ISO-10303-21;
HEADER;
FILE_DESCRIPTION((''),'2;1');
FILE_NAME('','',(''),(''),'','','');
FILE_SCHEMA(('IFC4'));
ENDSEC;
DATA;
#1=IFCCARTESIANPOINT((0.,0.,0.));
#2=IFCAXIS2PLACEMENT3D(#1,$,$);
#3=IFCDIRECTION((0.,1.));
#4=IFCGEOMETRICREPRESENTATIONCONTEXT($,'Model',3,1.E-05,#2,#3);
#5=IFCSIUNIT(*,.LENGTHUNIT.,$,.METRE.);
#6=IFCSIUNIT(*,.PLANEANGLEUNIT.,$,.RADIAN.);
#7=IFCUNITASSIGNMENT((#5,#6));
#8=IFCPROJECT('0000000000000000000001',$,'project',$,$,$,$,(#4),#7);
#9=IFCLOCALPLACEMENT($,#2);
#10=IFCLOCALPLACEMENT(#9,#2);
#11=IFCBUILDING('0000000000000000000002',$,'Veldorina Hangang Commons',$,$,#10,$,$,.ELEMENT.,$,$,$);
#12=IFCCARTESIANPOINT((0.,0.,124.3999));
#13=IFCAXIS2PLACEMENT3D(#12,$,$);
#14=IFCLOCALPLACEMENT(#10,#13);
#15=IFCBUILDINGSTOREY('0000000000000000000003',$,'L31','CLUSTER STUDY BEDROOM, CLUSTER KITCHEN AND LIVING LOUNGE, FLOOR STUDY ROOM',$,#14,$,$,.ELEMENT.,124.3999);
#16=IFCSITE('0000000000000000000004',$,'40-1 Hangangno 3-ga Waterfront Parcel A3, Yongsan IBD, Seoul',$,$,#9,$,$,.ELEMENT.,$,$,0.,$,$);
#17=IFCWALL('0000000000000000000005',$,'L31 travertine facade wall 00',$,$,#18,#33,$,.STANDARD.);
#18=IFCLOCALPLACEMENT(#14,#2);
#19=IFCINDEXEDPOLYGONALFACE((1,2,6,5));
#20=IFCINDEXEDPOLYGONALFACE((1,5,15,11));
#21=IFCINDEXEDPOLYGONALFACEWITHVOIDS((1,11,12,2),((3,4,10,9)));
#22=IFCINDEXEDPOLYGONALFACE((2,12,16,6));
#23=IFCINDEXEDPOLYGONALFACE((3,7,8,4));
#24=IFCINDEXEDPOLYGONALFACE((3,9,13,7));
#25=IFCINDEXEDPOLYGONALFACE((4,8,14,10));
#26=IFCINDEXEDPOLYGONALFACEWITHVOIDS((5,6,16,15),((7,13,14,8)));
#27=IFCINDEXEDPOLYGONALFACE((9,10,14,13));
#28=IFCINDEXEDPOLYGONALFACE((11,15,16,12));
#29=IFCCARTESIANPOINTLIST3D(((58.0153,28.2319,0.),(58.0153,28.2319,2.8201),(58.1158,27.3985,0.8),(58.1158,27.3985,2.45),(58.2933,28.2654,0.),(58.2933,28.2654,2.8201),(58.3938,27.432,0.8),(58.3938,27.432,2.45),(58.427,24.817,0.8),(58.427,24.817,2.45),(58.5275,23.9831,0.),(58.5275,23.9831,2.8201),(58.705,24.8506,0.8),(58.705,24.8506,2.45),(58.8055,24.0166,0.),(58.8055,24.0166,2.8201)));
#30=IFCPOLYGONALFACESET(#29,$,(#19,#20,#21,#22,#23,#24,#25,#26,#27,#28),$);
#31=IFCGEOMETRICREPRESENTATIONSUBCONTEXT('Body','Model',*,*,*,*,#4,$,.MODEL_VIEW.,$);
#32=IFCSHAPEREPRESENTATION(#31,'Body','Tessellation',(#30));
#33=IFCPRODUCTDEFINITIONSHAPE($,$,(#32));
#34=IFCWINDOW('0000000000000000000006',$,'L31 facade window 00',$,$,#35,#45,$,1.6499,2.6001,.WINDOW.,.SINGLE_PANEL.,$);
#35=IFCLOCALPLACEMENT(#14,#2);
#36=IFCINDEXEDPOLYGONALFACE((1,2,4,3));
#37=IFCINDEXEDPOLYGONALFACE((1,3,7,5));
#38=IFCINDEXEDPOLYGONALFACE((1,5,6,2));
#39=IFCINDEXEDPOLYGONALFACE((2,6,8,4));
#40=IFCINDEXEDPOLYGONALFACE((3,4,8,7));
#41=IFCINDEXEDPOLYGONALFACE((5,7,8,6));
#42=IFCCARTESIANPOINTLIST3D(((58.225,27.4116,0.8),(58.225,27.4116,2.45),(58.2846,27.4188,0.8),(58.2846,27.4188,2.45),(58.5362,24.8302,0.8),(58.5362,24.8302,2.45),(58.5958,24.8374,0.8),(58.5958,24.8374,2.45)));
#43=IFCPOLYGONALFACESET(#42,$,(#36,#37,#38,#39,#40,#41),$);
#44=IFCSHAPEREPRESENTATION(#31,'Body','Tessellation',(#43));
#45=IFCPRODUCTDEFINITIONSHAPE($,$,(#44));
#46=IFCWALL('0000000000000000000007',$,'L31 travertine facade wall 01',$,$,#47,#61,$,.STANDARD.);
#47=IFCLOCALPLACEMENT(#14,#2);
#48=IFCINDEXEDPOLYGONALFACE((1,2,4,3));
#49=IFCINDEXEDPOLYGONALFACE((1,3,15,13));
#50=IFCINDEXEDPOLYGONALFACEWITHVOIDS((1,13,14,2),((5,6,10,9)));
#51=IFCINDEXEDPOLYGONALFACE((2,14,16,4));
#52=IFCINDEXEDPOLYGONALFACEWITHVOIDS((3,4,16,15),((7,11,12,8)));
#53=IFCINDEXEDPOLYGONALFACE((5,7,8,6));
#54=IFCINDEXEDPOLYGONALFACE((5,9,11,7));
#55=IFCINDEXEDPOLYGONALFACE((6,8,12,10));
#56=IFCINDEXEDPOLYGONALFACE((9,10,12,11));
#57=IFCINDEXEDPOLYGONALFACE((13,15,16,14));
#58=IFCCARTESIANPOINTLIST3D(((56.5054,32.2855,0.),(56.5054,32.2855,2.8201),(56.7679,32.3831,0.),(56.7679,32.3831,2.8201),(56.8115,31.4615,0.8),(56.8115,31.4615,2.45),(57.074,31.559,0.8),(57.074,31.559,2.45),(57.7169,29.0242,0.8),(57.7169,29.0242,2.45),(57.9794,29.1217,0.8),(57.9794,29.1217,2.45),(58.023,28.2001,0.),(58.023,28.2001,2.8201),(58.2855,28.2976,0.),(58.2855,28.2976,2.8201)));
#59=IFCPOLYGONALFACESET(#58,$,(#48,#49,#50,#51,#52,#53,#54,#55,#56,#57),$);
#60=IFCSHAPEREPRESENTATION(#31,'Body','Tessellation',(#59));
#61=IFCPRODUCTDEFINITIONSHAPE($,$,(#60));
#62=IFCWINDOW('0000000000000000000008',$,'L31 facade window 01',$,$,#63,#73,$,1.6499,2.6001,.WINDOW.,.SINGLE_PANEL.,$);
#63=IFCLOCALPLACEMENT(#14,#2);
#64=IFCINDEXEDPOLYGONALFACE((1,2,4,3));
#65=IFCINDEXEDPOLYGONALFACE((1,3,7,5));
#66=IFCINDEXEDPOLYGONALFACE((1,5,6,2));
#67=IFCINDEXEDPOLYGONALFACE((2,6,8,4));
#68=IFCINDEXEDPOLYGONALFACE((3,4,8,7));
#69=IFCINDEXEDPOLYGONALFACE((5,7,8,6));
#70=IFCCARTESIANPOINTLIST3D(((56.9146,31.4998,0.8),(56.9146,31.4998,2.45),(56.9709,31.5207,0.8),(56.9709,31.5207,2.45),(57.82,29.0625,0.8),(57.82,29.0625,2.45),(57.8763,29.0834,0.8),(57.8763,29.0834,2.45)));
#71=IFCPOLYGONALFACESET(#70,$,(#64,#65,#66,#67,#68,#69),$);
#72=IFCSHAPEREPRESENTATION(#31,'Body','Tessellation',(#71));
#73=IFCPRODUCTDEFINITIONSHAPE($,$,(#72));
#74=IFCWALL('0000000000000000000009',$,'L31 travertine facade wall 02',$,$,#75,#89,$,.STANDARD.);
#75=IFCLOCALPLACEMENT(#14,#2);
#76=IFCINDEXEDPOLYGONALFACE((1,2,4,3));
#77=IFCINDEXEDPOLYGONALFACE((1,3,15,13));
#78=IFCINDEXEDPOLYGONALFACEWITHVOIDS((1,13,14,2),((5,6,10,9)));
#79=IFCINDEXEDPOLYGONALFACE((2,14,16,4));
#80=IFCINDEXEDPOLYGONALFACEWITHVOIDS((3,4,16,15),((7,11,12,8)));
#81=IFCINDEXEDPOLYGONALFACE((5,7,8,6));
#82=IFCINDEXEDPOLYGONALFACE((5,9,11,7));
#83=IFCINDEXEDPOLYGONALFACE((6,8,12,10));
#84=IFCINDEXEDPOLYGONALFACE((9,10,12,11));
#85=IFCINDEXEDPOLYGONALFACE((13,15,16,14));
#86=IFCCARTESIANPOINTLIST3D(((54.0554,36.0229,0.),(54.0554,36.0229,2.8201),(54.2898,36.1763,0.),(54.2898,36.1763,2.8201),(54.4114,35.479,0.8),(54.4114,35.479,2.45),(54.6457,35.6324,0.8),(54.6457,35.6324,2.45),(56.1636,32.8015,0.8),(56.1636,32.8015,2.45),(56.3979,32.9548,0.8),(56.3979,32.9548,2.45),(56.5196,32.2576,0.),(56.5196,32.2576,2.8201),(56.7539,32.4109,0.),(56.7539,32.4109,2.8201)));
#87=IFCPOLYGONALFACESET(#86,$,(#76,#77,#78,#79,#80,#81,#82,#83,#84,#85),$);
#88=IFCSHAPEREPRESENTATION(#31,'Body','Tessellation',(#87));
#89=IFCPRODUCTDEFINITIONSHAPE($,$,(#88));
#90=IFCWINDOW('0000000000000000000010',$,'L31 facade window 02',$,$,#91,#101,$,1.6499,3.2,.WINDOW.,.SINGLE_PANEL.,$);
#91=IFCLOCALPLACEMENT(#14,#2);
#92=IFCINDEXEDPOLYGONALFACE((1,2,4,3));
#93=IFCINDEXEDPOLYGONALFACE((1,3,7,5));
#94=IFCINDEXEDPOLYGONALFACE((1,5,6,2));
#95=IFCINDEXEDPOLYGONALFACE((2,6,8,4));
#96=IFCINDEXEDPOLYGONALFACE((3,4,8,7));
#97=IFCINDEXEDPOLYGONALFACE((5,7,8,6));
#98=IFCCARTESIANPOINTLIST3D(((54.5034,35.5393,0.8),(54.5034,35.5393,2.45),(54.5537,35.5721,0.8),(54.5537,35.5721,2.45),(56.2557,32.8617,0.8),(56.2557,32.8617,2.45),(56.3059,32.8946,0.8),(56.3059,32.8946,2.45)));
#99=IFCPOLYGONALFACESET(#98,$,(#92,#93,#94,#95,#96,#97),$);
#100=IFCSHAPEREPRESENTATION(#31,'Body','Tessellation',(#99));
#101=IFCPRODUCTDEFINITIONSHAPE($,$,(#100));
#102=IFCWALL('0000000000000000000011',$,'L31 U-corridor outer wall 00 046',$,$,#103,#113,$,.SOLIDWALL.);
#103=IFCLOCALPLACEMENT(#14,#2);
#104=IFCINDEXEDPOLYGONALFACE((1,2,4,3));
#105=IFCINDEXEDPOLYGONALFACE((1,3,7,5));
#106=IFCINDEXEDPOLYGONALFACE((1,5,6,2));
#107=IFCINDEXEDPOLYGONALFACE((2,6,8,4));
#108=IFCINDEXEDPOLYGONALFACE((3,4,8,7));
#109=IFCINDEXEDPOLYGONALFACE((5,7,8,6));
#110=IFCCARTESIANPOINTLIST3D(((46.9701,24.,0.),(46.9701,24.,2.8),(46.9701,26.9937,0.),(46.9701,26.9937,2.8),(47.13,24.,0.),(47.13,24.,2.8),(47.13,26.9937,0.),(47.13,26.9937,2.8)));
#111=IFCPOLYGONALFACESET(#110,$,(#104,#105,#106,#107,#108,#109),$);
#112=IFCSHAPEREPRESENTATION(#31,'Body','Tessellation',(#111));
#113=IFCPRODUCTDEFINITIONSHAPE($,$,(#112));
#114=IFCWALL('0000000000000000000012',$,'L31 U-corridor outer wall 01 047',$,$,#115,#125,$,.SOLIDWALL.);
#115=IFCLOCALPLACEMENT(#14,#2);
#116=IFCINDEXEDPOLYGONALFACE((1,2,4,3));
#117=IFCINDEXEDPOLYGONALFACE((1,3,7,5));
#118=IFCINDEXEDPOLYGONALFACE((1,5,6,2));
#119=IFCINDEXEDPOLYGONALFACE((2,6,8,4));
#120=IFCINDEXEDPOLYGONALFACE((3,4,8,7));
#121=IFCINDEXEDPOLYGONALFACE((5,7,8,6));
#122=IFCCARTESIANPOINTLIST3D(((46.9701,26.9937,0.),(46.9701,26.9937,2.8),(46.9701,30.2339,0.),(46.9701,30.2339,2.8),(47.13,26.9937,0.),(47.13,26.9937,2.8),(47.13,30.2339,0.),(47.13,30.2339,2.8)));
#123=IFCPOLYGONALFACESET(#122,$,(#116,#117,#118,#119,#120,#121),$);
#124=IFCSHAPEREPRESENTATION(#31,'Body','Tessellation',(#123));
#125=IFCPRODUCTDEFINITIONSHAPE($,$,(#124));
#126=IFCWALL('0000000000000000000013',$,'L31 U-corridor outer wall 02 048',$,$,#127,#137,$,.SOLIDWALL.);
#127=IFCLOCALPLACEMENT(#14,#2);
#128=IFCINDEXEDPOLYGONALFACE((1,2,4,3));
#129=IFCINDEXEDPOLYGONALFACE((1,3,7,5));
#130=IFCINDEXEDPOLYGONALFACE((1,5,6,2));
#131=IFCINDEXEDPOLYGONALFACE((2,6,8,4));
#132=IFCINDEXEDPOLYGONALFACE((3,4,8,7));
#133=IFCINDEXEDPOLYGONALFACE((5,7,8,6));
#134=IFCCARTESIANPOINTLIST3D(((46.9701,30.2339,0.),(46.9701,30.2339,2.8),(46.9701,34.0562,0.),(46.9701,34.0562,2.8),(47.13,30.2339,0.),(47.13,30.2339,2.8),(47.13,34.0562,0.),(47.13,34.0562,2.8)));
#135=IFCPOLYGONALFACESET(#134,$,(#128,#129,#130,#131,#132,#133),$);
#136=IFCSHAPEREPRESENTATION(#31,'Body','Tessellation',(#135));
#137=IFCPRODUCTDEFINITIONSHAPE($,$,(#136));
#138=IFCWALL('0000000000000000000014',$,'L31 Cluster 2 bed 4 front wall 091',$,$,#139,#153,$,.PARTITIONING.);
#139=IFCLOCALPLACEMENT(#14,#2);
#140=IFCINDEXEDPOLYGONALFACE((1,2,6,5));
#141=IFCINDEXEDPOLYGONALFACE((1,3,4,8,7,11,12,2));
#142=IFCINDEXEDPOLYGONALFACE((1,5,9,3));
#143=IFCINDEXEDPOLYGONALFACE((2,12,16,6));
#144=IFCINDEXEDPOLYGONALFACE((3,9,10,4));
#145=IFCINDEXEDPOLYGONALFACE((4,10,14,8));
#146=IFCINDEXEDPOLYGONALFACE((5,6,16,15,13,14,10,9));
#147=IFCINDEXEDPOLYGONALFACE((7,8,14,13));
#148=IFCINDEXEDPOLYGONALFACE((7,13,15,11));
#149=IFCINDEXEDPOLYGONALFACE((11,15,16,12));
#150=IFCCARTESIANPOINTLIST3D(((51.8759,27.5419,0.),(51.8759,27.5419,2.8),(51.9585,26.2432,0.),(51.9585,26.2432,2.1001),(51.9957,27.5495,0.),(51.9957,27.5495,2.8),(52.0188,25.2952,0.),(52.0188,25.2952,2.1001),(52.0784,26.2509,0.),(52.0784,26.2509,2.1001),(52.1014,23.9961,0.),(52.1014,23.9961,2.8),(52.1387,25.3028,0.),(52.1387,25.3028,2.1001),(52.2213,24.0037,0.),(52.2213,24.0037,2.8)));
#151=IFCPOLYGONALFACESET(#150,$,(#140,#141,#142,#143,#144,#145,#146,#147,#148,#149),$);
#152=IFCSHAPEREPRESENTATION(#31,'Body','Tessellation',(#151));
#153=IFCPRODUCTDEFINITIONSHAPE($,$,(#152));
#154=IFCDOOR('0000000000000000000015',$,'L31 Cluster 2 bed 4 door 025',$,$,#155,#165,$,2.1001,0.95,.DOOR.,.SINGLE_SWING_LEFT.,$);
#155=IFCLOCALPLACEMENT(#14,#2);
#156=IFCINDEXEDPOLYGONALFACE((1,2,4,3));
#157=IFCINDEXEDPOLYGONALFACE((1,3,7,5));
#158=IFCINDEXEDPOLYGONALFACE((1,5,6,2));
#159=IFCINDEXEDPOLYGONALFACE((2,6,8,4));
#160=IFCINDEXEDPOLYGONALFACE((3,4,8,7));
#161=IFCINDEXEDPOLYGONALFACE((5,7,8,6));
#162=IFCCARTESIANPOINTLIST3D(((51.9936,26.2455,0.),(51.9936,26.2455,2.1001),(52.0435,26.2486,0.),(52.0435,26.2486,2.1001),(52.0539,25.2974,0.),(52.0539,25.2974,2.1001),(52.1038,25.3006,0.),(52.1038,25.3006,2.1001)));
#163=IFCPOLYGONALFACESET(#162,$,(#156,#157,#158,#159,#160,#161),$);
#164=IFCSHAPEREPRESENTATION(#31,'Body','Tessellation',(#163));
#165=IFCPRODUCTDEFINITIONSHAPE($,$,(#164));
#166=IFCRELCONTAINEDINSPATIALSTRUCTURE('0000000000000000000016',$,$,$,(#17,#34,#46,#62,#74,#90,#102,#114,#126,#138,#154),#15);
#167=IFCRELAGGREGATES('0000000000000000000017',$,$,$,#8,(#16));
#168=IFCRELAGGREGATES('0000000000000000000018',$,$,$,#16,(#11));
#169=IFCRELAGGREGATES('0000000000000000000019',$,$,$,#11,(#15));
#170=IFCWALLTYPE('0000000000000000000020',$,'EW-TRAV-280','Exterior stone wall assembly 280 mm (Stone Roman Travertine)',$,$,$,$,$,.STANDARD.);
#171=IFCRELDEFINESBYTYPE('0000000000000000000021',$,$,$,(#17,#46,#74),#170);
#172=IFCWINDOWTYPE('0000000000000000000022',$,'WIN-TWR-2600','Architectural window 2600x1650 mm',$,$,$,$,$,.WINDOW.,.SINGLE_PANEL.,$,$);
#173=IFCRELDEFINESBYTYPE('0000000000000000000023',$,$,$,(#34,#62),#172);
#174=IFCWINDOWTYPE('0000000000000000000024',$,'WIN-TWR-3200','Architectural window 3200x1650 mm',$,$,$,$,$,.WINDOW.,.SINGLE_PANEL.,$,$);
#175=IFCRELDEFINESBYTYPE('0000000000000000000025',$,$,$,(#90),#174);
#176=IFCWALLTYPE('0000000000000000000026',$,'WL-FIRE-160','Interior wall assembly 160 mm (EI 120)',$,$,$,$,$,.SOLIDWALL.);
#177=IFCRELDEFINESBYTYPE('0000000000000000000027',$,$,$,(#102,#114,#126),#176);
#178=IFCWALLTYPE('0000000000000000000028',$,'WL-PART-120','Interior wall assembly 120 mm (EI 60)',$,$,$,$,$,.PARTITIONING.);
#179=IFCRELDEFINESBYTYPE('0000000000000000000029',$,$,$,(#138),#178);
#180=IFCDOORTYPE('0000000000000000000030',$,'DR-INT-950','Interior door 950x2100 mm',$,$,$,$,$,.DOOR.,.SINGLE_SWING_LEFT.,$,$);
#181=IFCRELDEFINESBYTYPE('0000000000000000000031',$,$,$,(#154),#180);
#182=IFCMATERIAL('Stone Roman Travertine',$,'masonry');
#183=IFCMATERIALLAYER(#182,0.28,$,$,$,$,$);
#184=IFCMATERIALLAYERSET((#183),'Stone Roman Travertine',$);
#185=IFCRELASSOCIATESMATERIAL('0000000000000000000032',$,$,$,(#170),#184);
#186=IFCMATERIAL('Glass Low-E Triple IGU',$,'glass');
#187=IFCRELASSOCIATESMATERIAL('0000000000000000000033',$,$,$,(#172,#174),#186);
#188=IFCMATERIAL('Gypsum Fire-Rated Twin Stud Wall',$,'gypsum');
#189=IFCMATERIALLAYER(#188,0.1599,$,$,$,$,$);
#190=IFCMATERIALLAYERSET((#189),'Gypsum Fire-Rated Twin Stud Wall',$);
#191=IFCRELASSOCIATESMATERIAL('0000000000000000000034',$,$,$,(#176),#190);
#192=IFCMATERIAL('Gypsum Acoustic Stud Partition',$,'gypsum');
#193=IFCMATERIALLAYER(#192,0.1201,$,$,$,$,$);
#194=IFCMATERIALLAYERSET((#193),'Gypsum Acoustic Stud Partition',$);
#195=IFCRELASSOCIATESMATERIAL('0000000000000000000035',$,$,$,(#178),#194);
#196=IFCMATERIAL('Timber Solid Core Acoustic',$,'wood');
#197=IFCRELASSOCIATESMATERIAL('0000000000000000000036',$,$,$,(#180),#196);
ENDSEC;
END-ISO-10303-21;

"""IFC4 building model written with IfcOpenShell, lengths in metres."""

from ifc_helpers import new_model, si_unit, direction, frame, frame_2d, origin, place, context, subcontext, project, spatial, rectangle, extrude, material, layer, layer_set, type_object, element, fill, save


model = new_model("IFC4")

# Units and contexts
model_context = context("Model", 3, precision=1e-05, world=origin(), true_north=direction((0.0, 1.0)))
body_context = subcontext(model_context, "Body", "Model", "MODEL_VIEW")
ifc_project = project(units=[si_unit("LENGTHUNIT", "METRE"), si_unit("PLANEANGLEUNIT", "RADIAN")], contexts=[model_context])

# Site, building, storey
site_placement = place(None, origin())
site = spatial("IfcSite", under=ifc_project, at=site_placement, Name="40-1 Hangangno 3-ga Waterfront Parcel A3, Yongsan IBD, Seoul", CompositionType="ELEMENT", RefElevation=0.0)
building_placement = place(site_placement, origin())
building = spatial("IfcBuilding", under=site, at=building_placement, Name="Veldorina Hangang Commons", CompositionType="ELEMENT")
storey_placement = place(building_placement, frame((0.0, 0.0, 124.3999)))
storey = spatial("IfcBuildingStorey", under=building, at=storey_placement, Name="L31", Description="CLUSTER STUDY BEDROOM, CLUSTER KITCHEN AND LIVING LOUNGE, FLOOR STUDY ROOM", CompositionType="ELEMENT", Elevation=124.3999)

# Walls, openings, windows
ifc_material_1 = material(Name="Stone Roman Travertine", Category="masonry")
ifc_layer_1 = layer(ifc_material_1, 0.28)
ifc_layer_set_1 = layer_set([ifc_layer_1], Name="Stone Roman Travertine")
wall_type_1 = type_object("IfcWallType", Name="EW-TRAV-280", Description="Exterior stone wall assembly 280 mm (Stone Roman Travertine)", PredefinedType="STANDARD", material=ifc_layer_set_1)
wall_1_placement = place(storey_placement, frame((58.6665, 24.0, 0.0), z_axis=(0.0, 0.0, 1.0), x_axis=(-0.119687, 0.992812, 0.0)))
wall_1 = element("IfcWall", 1, at=wall_1_placement, inside=storey, type_object=wall_type_1, Name="L31 travertine facade wall 00", PredefinedType="STANDARD", context=body_context, shape_type="SweptSolid", body=[
    extrude(rectangle(XDim=4.2795, YDim=0.28, at=frame_2d((2.1396, 0.0))), origin(), (0.0, 0.0, 1.0), 2.8201),
])
opening_1_placement = place(wall_1_placement, frame((0.8398, 0.0, 0.8)))
opening_1 = element("IfcOpeningElement", 2, at=opening_1_placement, cuts=wall_1, PredefinedType="OPENING", context=body_context, shape_type="SweptSolid", body=[
    extrude(rectangle(XDim=2.6001, YDim=1.6499, at=frame_2d((1.3, 0.825))), frame((0.0, 0.1499, 0.0), z_axis=(0.0, -1.0, 0.0), x_axis=(1.0, 0.0, 0.0)), (0.0, 0.0, 1.0), 0.3),
])
ifc_material_2 = material(Name="Glass Low-E Triple IGU", Category="glass")
window_type_1 = type_object("IfcWindowType", Name="WIN-TWR-2600", Description="Architectural window 2600x1650 mm", PartitioningType="SINGLE_PANEL", PredefinedType="WINDOW", material=ifc_material_2)
window_1_placement = place(opening_1_placement, origin())
window_1 = element("IfcWindow", 3, at=window_1_placement, inside=storey, type_object=window_type_1, Name="L31 facade window 00", OverallHeight=1.6499, OverallWidth=2.6001, PartitioningType="SINGLE_PANEL", PredefinedType="WINDOW", context=body_context, shape_type="SweptSolid", body=[
    extrude(rectangle(XDim=2.6001, YDim=1.6499, at=frame_2d((1.3, 0.825))), frame((0.0, 0.03, 0.0), z_axis=(0.0, -1.0, 0.0), x_axis=(1.0, 0.0, 0.0)), (0.0, 0.0, 1.0), 0.0601),
])
fill(opening_1, window_1)
wall_2_placement = place(storey_placement, frame((58.1543, 28.2488, 0.0), z_axis=(0.0, 0.0, 1.0), x_axis=(-0.348212, 0.937416, 0.0)))
wall_2 = element("IfcWall", 4, at=wall_2_placement, inside=storey, type_object=wall_type_1, Name="L31 travertine facade wall 01", PredefinedType="STANDARD", context=body_context, shape_type="SweptSolid", body=[
    extrude(rectangle(XDim=4.3582, YDim=0.28, at=frame_2d((2.1792, 0.0))), origin(), (0.0, 0.0, 1.0), 2.8201),
])
opening_2_placement = place(wall_2_placement, frame((0.8792, 0.0, 0.8)))
opening_2 = element("IfcOpeningElement", 5, at=opening_2_placement, cuts=wall_2, PredefinedType="OPENING", context=body_context, shape_type="SweptSolid", body=[
    extrude(rectangle(XDim=2.6001, YDim=1.6499, at=frame_2d((1.3, 0.825))), frame((0.0, 0.1499, 0.0), z_axis=(0.0, -1.0, 0.0), x_axis=(1.0, 0.0, 0.0)), (0.0, 0.0, 1.0), 0.3),
])
window_2_placement = place(opening_2_placement, origin())
window_2 = element("IfcWindow", 6, at=window_2_placement, inside=storey, type_object=window_type_1, Name="L31 facade window 01", OverallHeight=1.6499, OverallWidth=2.6001, PartitioningType="SINGLE_PANEL", PredefinedType="WINDOW", context=body_context, shape_type="SweptSolid", body=[
    extrude(rectangle(XDim=2.6001, YDim=1.6499, at=frame_2d((1.3, 0.825))), frame((0.0, 0.03, 0.0), z_axis=(0.0, -1.0, 0.0), x_axis=(1.0, 0.0, 0.0)), (0.0, 0.0, 1.0), 0.0601),
])
fill(opening_2, window_2)
wall_3_placement = place(storey_placement, frame((56.6367, 32.3342, 0.0), z_axis=(0.0, 0.0, 1.0), x_axis=(-0.547581, 0.836753, 0.0)))
wall_3 = element("IfcWall", 7, at=wall_3_placement, inside=storey, type_object=wall_type_1, Name="L31 travertine facade wall 02", PredefinedType="STANDARD", context=body_context, shape_type="SweptSolid", body=[
    extrude(rectangle(XDim=4.5, YDim=0.28, at=frame_2d((2.25, 0.0))), origin(), (0.0, 0.0, 1.0), 2.8201),
])
opening_3_placement = place(wall_3_placement, frame((0.6499, 0.0, 0.8)))
opening_3 = element("IfcOpeningElement", 8, at=opening_3_placement, cuts=wall_3, PredefinedType="OPENING", context=body_context, shape_type="SweptSolid", body=[
    extrude(rectangle(XDim=3.2, YDim=1.6499, at=frame_2d((1.6001, 0.825))), frame((0.0, 0.1499, 0.0), z_axis=(0.0, -1.0, 0.0), x_axis=(1.0, 0.0, 0.0)), (0.0, 0.0, 1.0), 0.3),
])
window_type_2 = type_object("IfcWindowType", Name="WIN-TWR-3200", Description="Architectural window 3200x1650 mm", PartitioningType="SINGLE_PANEL", PredefinedType="WINDOW", material=ifc_material_2)
window_3_placement = place(opening_3_placement, origin())
window_3 = element("IfcWindow", 9, at=window_3_placement, inside=storey, type_object=window_type_2, Name="L31 facade window 02", OverallHeight=1.6499, OverallWidth=3.2, PartitioningType="SINGLE_PANEL", PredefinedType="WINDOW", context=body_context, shape_type="SweptSolid", body=[
    extrude(rectangle(XDim=3.2, YDim=1.6499, at=frame_2d((1.6001, 0.825))), frame((0.0, 0.03, 0.0), z_axis=(0.0, -1.0, 0.0), x_axis=(1.0, 0.0, 0.0)), (0.0, 0.0, 1.0), 0.0601),
])
fill(opening_3, window_3)

# Walls
ifc_material_3 = material(Name="Gypsum Fire-Rated Twin Stud Wall", Category="gypsum")
ifc_layer_2 = layer(ifc_material_3, 0.1599)
ifc_layer_set_2 = layer_set([ifc_layer_2], Name="Gypsum Fire-Rated Twin Stud Wall")
wall_type_2 = type_object("IfcWallType", Name="WL-FIRE-160", Description="Interior wall assembly 160 mm (EI 120)", PredefinedType="SOLIDWALL", material=ifc_layer_set_2)
wall_4_placement = place(storey_placement, frame((47.05, 24.0, 0.0), z_axis=(0.0, 0.0, 1.0), x_axis=(0.0, 1.0, 0.0)))
element("IfcWall", 10, at=wall_4_placement, inside=storey, type_object=wall_type_2, Name="L31 U-corridor outer wall 00 046", PredefinedType="SOLIDWALL", context=body_context, shape_type="SweptSolid", body=[
    extrude(rectangle(XDim=2.9937, YDim=0.1599, at=frame_2d((1.4968, 0.0))), origin(), (0.0, 0.0, 1.0), 2.8),
])
wall_5_placement = place(storey_placement, frame((47.05, 26.9937, 0.0), z_axis=(0.0, 0.0, 1.0), x_axis=(0.0, 1.0, 0.0)))
element("IfcWall", 11, at=wall_5_placement, inside=storey, type_object=wall_type_2, Name="L31 U-corridor outer wall 01 047", PredefinedType="SOLIDWALL", context=body_context, shape_type="SweptSolid", body=[
    extrude(rectangle(XDim=3.2402, YDim=0.1599, at=frame_2d((1.6201, 0.0))), origin(), (0.0, 0.0, 1.0), 2.8),
])
wall_6_placement = place(storey_placement, frame((47.05, 30.2339, 0.0), z_axis=(0.0, 0.0, 1.0), x_axis=(0.0, 1.0, 0.0)))
element("IfcWall", 12, at=wall_6_placement, inside=storey, type_object=wall_type_2, Name="L31 U-corridor outer wall 02 048", PredefinedType="SOLIDWALL", context=body_context, shape_type="SweptSolid", body=[
    extrude(rectangle(XDim=3.8223, YDim=0.1599, at=frame_2d((1.9111, 0.0))), origin(), (0.0, 0.0, 1.0), 2.8),
])

# Wall, opening, door
ifc_material_4 = material(Name="Gypsum Acoustic Stud Partition", Category="gypsum")
ifc_layer_3 = layer(ifc_material_4, 0.1201)
ifc_layer_set_3 = layer_set([ifc_layer_3], Name="Gypsum Acoustic Stud Partition")
wall_type_3 = type_object("IfcWallType", Name="WL-PART-120", Description="Interior wall assembly 120 mm (EI 60)", PredefinedType="PARTITIONING", material=ifc_layer_set_3)
wall_7_placement = place(storey_placement, frame((52.1614, 24.0, 0.0), z_axis=(0.0, 0.0, 1.0), x_axis=(-0.06349, 0.997982, 0.0)))
wall_7 = element("IfcWall", 13, at=wall_7_placement, inside=storey, type_object=wall_type_3, Name="L31 Cluster 2 bed 4 front wall 091", PredefinedType="PARTITIONING", context=body_context, shape_type="SweptSolid", body=[
    extrude(rectangle(XDim=3.553, YDim=0.1201, at=frame_2d((1.7764, 0.0))), origin(), (0.0, 0.0, 1.0), 2.8),
])
opening_4_placement = place(wall_7_placement, frame((1.3015, 0.0, 0.0)))
opening_4 = element("IfcOpeningElement", 14, at=opening_4_placement, cuts=wall_7, PredefinedType="OPENING", context=body_context, shape_type="SweptSolid", body=[
    extrude(rectangle(XDim=0.95, YDim=2.1001, at=frame_2d((0.4751, 1.05))), frame((0.0, 0.0701, 0.0), z_axis=(0.0, -1.0, 0.0), x_axis=(1.0, 0.0, 0.0)), (0.0, 0.0, 1.0), 0.1401),
])
ifc_material_5 = material(Name="Timber Solid Core Acoustic", Category="wood")
door_type = type_object("IfcDoorType", Name="DR-INT-950", Description="Interior door 950x2100 mm", OperationType="SINGLE_SWING_LEFT", PredefinedType="DOOR", material=ifc_material_5)
door_1_placement = place(opening_4_placement, origin())
door_1 = element("IfcDoor", 15, at=door_1_placement, inside=storey, type_object=door_type, Name="L31 Cluster 2 bed 4 door 025", OperationType="SINGLE_SWING_LEFT", OverallHeight=2.1001, OverallWidth=0.95, PredefinedType="DOOR", context=body_context, shape_type="SweptSolid", body=[
    extrude(rectangle(XDim=0.95, YDim=2.1001, at=frame_2d((0.4751, 1.05))), frame((0.0, 0.0249, 0.0), z_axis=(0.0, -1.0, 0.0), x_axis=(1.0, 0.0, 0.0)), (0.0, 0.0, 1.0), 0.05),
])
fill(opening_4, door_1)

save(model, "model.ifc")
